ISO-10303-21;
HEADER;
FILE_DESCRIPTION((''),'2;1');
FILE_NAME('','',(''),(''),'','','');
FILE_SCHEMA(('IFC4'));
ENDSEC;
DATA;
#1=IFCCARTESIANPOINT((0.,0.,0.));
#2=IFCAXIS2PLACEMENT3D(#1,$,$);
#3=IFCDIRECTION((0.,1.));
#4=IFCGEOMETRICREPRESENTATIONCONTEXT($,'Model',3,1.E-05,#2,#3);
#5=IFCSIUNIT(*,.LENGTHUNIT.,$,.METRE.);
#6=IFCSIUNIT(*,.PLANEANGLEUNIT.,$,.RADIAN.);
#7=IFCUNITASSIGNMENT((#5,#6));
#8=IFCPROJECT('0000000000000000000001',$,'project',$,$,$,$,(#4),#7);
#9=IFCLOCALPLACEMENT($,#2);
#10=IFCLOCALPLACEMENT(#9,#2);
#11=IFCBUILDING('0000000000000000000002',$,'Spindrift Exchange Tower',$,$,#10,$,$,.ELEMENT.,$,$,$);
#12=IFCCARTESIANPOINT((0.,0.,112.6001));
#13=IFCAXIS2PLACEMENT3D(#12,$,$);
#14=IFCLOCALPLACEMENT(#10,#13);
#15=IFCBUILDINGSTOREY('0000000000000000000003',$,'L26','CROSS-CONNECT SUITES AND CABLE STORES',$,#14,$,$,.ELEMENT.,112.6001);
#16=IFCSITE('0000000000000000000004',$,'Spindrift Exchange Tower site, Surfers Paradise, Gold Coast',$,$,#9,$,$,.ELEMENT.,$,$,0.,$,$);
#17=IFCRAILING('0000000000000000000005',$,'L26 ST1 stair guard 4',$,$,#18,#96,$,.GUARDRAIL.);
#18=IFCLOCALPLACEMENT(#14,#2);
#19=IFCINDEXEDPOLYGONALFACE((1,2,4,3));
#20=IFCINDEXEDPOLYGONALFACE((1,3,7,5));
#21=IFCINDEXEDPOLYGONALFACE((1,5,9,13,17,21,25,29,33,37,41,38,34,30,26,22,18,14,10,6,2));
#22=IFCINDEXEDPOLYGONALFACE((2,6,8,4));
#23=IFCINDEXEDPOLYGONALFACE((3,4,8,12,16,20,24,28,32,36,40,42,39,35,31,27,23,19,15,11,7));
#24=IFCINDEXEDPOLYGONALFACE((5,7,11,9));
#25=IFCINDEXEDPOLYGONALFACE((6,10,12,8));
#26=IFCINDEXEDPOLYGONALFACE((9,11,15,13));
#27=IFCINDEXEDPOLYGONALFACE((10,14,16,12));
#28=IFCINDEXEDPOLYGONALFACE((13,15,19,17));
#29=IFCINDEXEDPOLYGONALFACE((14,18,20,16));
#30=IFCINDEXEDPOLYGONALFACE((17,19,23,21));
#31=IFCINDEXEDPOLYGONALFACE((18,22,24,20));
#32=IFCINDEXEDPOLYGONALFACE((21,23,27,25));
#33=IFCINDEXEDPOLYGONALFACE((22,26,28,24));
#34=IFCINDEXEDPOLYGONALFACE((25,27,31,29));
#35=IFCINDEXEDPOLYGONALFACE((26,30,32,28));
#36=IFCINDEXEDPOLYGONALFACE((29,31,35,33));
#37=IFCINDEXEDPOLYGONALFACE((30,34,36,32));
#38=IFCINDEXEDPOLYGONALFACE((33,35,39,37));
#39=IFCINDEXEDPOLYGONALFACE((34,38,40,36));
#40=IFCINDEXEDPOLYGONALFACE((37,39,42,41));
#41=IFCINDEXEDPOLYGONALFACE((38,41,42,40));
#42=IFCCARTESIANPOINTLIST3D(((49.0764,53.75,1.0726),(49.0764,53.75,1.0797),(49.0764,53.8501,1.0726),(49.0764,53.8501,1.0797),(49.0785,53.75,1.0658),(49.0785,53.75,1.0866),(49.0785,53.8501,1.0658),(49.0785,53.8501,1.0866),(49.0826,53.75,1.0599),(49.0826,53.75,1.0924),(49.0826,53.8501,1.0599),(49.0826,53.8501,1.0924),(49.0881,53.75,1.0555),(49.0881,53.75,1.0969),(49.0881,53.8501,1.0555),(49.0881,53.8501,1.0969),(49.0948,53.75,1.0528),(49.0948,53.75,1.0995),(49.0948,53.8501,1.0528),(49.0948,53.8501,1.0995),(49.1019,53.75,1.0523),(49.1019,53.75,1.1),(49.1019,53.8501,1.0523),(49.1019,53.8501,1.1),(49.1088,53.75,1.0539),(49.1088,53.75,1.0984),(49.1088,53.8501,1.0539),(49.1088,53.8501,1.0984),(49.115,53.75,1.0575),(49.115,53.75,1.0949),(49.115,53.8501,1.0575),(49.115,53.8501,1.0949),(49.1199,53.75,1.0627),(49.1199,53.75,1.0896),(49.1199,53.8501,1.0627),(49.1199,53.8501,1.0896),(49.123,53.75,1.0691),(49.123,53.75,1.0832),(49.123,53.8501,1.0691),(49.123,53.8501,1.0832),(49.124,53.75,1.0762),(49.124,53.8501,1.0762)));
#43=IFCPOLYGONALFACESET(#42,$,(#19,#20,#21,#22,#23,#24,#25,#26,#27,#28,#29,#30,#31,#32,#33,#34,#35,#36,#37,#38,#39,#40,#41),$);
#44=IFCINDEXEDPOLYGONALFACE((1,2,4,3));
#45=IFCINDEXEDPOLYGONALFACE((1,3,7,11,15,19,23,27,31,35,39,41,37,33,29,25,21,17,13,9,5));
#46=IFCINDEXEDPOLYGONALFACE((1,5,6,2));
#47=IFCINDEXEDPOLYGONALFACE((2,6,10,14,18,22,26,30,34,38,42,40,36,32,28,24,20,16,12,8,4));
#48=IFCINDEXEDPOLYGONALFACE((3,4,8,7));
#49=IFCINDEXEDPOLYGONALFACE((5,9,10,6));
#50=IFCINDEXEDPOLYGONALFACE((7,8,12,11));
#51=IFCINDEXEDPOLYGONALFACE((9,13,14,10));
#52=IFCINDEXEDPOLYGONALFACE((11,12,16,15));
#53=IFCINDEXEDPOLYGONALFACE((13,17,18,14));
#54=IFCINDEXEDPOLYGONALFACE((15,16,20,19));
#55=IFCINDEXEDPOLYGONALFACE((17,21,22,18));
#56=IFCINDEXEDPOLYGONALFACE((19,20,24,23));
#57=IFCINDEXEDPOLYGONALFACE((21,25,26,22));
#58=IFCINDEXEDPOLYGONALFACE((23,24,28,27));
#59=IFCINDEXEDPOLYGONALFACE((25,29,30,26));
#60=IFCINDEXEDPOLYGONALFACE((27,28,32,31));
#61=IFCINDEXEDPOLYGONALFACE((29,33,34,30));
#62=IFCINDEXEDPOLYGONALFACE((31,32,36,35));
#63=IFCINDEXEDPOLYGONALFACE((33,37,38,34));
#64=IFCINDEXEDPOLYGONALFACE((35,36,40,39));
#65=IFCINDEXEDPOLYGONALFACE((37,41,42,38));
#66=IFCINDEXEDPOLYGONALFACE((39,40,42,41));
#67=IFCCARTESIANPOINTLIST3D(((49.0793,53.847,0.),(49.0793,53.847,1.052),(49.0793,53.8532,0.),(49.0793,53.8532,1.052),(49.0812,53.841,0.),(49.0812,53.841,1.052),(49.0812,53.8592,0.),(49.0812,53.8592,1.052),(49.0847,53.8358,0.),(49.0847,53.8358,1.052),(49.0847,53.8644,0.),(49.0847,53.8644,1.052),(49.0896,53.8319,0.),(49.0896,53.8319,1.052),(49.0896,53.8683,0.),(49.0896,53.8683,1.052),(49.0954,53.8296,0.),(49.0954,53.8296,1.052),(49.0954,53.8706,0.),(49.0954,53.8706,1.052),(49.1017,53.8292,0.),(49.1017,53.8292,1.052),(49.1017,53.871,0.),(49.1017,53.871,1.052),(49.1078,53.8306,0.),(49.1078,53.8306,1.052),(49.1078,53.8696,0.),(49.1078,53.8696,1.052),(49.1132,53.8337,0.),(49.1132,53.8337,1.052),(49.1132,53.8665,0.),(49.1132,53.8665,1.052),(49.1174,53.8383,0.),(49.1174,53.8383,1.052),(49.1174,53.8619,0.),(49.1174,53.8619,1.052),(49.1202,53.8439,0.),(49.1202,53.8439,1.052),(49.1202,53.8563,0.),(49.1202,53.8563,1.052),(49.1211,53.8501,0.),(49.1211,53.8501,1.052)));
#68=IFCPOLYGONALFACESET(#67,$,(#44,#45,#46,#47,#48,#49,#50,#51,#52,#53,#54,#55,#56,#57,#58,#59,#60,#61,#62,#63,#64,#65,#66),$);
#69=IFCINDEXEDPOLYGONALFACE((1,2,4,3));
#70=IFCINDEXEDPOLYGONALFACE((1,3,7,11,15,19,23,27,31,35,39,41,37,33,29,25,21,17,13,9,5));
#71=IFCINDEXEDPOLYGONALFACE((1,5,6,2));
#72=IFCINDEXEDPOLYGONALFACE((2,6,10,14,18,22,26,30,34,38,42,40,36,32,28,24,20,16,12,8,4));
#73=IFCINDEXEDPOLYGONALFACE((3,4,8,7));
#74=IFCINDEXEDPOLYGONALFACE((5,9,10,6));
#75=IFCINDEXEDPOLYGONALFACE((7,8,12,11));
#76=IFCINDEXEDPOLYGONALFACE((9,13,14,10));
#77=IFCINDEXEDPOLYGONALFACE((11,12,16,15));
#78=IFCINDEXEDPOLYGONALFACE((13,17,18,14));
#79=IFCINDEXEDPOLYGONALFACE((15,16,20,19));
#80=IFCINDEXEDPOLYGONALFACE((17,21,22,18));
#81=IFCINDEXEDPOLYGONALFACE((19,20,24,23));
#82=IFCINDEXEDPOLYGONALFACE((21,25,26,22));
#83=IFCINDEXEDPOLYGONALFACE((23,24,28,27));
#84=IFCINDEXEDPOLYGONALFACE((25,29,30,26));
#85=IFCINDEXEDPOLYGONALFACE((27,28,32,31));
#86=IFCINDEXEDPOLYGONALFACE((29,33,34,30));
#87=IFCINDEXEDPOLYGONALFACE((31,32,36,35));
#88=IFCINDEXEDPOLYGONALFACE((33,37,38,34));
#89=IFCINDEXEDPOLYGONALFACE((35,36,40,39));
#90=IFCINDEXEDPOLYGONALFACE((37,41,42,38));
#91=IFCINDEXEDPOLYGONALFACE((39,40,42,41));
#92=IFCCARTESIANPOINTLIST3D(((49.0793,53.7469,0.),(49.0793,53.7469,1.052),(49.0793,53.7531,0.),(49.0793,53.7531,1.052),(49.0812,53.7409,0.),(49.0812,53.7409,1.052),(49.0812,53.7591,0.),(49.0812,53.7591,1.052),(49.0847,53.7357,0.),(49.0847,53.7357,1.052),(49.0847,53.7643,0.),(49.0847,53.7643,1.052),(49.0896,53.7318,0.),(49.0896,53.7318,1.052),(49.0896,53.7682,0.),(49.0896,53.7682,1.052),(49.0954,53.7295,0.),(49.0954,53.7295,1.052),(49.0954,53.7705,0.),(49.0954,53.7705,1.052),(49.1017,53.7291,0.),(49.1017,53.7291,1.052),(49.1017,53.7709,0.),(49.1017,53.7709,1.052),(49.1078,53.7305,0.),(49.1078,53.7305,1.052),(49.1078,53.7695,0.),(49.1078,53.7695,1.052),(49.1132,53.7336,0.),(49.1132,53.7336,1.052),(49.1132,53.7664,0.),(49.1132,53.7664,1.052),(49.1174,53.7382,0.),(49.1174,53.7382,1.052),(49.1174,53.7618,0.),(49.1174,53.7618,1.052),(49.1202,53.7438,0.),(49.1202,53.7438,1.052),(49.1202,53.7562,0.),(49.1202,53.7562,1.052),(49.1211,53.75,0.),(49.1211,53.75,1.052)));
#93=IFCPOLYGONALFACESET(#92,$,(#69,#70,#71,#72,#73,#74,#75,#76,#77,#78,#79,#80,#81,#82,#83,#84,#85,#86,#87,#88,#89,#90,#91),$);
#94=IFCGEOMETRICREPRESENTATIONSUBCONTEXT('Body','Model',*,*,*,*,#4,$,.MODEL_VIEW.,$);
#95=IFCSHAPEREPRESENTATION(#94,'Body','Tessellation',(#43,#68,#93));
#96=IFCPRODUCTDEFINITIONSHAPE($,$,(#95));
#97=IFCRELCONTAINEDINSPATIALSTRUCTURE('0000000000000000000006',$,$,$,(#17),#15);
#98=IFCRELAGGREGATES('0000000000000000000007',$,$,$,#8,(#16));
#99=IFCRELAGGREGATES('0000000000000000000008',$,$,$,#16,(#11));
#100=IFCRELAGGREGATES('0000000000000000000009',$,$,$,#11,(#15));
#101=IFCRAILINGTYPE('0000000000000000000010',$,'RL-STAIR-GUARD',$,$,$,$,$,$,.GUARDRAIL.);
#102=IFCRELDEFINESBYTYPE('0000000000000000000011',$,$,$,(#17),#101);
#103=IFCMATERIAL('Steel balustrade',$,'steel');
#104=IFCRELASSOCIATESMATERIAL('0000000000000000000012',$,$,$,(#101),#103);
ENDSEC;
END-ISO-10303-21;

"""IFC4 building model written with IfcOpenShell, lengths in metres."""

from ifc_helpers import new_model, si_unit, direction, frame, origin, origin_2d, place, context, subcontext, project, spatial, circle, extrude, material, type_object, element, save


model = new_model("IFC4")

# Units and contexts
model_context = context("Model", 3, precision=1e-05, world=origin(), true_north=direction((0.0, 1.0)))
body_context = subcontext(model_context, "Body", "Model", "MODEL_VIEW")
ifc_project = project(units=[si_unit("LENGTHUNIT", "METRE"), si_unit("PLANEANGLEUNIT", "RADIAN")], contexts=[model_context])

# Site, building, storey
site_placement = place(None, origin())
site = spatial("IfcSite", under=ifc_project, at=site_placement, Name="Spindrift Exchange Tower site, Surfers Paradise, Gold Coast", CompositionType="ELEMENT", RefElevation=0.0)
building_placement = place(site_placement, origin())
building = spatial("IfcBuilding", under=site, at=building_placement, Name="Spindrift Exchange Tower", CompositionType="ELEMENT")
storey_placement = place(building_placement, frame((0.0, 0.0, 112.6001)))
storey = spatial("IfcBuildingStorey", under=building, at=storey_placement, Name="L26", Description="CROSS-CONNECT SUITES AND CABLE STORES", CompositionType="ELEMENT", Elevation=112.6001)

# Railing
ifc_material_1 = material(Name="Steel balustrade", Category="steel")
railing_type_1 = type_object("IfcRailingType", Name="RL-STAIR-GUARD", PredefinedType="GUARDRAIL", material=ifc_material_1)
railing_1_placement = place(storey_placement, frame((49.1001, 53.8501, 0.0)))
element("IfcRailing", 1, at=railing_1_placement, inside=storey, type_object=railing_type_1, Name="L26 ST1 stair guard 4", PredefinedType="GUARDRAIL", context=body_context, shape_type="SweptSolid", body=[
    extrude(circle(Radius=0.0239, at=origin_2d()), frame((0.0, 0.0, 1.0762), z_axis=(0.0, -1.0, 0.0), x_axis=(1.0, 0.0, 0.0)), (0.0, 0.0, 1.0), 0.1001),
    extrude(circle(Radius=0.021, at=origin_2d()), origin(), (0.0, 0.0, 1.0), 1.052),
    extrude(circle(Radius=0.021, at=origin_2d()), frame((0.0, -0.1001, 0.0)), (0.0, 0.0, 1.0), 1.052),
])

save(model, "model.ifc")
